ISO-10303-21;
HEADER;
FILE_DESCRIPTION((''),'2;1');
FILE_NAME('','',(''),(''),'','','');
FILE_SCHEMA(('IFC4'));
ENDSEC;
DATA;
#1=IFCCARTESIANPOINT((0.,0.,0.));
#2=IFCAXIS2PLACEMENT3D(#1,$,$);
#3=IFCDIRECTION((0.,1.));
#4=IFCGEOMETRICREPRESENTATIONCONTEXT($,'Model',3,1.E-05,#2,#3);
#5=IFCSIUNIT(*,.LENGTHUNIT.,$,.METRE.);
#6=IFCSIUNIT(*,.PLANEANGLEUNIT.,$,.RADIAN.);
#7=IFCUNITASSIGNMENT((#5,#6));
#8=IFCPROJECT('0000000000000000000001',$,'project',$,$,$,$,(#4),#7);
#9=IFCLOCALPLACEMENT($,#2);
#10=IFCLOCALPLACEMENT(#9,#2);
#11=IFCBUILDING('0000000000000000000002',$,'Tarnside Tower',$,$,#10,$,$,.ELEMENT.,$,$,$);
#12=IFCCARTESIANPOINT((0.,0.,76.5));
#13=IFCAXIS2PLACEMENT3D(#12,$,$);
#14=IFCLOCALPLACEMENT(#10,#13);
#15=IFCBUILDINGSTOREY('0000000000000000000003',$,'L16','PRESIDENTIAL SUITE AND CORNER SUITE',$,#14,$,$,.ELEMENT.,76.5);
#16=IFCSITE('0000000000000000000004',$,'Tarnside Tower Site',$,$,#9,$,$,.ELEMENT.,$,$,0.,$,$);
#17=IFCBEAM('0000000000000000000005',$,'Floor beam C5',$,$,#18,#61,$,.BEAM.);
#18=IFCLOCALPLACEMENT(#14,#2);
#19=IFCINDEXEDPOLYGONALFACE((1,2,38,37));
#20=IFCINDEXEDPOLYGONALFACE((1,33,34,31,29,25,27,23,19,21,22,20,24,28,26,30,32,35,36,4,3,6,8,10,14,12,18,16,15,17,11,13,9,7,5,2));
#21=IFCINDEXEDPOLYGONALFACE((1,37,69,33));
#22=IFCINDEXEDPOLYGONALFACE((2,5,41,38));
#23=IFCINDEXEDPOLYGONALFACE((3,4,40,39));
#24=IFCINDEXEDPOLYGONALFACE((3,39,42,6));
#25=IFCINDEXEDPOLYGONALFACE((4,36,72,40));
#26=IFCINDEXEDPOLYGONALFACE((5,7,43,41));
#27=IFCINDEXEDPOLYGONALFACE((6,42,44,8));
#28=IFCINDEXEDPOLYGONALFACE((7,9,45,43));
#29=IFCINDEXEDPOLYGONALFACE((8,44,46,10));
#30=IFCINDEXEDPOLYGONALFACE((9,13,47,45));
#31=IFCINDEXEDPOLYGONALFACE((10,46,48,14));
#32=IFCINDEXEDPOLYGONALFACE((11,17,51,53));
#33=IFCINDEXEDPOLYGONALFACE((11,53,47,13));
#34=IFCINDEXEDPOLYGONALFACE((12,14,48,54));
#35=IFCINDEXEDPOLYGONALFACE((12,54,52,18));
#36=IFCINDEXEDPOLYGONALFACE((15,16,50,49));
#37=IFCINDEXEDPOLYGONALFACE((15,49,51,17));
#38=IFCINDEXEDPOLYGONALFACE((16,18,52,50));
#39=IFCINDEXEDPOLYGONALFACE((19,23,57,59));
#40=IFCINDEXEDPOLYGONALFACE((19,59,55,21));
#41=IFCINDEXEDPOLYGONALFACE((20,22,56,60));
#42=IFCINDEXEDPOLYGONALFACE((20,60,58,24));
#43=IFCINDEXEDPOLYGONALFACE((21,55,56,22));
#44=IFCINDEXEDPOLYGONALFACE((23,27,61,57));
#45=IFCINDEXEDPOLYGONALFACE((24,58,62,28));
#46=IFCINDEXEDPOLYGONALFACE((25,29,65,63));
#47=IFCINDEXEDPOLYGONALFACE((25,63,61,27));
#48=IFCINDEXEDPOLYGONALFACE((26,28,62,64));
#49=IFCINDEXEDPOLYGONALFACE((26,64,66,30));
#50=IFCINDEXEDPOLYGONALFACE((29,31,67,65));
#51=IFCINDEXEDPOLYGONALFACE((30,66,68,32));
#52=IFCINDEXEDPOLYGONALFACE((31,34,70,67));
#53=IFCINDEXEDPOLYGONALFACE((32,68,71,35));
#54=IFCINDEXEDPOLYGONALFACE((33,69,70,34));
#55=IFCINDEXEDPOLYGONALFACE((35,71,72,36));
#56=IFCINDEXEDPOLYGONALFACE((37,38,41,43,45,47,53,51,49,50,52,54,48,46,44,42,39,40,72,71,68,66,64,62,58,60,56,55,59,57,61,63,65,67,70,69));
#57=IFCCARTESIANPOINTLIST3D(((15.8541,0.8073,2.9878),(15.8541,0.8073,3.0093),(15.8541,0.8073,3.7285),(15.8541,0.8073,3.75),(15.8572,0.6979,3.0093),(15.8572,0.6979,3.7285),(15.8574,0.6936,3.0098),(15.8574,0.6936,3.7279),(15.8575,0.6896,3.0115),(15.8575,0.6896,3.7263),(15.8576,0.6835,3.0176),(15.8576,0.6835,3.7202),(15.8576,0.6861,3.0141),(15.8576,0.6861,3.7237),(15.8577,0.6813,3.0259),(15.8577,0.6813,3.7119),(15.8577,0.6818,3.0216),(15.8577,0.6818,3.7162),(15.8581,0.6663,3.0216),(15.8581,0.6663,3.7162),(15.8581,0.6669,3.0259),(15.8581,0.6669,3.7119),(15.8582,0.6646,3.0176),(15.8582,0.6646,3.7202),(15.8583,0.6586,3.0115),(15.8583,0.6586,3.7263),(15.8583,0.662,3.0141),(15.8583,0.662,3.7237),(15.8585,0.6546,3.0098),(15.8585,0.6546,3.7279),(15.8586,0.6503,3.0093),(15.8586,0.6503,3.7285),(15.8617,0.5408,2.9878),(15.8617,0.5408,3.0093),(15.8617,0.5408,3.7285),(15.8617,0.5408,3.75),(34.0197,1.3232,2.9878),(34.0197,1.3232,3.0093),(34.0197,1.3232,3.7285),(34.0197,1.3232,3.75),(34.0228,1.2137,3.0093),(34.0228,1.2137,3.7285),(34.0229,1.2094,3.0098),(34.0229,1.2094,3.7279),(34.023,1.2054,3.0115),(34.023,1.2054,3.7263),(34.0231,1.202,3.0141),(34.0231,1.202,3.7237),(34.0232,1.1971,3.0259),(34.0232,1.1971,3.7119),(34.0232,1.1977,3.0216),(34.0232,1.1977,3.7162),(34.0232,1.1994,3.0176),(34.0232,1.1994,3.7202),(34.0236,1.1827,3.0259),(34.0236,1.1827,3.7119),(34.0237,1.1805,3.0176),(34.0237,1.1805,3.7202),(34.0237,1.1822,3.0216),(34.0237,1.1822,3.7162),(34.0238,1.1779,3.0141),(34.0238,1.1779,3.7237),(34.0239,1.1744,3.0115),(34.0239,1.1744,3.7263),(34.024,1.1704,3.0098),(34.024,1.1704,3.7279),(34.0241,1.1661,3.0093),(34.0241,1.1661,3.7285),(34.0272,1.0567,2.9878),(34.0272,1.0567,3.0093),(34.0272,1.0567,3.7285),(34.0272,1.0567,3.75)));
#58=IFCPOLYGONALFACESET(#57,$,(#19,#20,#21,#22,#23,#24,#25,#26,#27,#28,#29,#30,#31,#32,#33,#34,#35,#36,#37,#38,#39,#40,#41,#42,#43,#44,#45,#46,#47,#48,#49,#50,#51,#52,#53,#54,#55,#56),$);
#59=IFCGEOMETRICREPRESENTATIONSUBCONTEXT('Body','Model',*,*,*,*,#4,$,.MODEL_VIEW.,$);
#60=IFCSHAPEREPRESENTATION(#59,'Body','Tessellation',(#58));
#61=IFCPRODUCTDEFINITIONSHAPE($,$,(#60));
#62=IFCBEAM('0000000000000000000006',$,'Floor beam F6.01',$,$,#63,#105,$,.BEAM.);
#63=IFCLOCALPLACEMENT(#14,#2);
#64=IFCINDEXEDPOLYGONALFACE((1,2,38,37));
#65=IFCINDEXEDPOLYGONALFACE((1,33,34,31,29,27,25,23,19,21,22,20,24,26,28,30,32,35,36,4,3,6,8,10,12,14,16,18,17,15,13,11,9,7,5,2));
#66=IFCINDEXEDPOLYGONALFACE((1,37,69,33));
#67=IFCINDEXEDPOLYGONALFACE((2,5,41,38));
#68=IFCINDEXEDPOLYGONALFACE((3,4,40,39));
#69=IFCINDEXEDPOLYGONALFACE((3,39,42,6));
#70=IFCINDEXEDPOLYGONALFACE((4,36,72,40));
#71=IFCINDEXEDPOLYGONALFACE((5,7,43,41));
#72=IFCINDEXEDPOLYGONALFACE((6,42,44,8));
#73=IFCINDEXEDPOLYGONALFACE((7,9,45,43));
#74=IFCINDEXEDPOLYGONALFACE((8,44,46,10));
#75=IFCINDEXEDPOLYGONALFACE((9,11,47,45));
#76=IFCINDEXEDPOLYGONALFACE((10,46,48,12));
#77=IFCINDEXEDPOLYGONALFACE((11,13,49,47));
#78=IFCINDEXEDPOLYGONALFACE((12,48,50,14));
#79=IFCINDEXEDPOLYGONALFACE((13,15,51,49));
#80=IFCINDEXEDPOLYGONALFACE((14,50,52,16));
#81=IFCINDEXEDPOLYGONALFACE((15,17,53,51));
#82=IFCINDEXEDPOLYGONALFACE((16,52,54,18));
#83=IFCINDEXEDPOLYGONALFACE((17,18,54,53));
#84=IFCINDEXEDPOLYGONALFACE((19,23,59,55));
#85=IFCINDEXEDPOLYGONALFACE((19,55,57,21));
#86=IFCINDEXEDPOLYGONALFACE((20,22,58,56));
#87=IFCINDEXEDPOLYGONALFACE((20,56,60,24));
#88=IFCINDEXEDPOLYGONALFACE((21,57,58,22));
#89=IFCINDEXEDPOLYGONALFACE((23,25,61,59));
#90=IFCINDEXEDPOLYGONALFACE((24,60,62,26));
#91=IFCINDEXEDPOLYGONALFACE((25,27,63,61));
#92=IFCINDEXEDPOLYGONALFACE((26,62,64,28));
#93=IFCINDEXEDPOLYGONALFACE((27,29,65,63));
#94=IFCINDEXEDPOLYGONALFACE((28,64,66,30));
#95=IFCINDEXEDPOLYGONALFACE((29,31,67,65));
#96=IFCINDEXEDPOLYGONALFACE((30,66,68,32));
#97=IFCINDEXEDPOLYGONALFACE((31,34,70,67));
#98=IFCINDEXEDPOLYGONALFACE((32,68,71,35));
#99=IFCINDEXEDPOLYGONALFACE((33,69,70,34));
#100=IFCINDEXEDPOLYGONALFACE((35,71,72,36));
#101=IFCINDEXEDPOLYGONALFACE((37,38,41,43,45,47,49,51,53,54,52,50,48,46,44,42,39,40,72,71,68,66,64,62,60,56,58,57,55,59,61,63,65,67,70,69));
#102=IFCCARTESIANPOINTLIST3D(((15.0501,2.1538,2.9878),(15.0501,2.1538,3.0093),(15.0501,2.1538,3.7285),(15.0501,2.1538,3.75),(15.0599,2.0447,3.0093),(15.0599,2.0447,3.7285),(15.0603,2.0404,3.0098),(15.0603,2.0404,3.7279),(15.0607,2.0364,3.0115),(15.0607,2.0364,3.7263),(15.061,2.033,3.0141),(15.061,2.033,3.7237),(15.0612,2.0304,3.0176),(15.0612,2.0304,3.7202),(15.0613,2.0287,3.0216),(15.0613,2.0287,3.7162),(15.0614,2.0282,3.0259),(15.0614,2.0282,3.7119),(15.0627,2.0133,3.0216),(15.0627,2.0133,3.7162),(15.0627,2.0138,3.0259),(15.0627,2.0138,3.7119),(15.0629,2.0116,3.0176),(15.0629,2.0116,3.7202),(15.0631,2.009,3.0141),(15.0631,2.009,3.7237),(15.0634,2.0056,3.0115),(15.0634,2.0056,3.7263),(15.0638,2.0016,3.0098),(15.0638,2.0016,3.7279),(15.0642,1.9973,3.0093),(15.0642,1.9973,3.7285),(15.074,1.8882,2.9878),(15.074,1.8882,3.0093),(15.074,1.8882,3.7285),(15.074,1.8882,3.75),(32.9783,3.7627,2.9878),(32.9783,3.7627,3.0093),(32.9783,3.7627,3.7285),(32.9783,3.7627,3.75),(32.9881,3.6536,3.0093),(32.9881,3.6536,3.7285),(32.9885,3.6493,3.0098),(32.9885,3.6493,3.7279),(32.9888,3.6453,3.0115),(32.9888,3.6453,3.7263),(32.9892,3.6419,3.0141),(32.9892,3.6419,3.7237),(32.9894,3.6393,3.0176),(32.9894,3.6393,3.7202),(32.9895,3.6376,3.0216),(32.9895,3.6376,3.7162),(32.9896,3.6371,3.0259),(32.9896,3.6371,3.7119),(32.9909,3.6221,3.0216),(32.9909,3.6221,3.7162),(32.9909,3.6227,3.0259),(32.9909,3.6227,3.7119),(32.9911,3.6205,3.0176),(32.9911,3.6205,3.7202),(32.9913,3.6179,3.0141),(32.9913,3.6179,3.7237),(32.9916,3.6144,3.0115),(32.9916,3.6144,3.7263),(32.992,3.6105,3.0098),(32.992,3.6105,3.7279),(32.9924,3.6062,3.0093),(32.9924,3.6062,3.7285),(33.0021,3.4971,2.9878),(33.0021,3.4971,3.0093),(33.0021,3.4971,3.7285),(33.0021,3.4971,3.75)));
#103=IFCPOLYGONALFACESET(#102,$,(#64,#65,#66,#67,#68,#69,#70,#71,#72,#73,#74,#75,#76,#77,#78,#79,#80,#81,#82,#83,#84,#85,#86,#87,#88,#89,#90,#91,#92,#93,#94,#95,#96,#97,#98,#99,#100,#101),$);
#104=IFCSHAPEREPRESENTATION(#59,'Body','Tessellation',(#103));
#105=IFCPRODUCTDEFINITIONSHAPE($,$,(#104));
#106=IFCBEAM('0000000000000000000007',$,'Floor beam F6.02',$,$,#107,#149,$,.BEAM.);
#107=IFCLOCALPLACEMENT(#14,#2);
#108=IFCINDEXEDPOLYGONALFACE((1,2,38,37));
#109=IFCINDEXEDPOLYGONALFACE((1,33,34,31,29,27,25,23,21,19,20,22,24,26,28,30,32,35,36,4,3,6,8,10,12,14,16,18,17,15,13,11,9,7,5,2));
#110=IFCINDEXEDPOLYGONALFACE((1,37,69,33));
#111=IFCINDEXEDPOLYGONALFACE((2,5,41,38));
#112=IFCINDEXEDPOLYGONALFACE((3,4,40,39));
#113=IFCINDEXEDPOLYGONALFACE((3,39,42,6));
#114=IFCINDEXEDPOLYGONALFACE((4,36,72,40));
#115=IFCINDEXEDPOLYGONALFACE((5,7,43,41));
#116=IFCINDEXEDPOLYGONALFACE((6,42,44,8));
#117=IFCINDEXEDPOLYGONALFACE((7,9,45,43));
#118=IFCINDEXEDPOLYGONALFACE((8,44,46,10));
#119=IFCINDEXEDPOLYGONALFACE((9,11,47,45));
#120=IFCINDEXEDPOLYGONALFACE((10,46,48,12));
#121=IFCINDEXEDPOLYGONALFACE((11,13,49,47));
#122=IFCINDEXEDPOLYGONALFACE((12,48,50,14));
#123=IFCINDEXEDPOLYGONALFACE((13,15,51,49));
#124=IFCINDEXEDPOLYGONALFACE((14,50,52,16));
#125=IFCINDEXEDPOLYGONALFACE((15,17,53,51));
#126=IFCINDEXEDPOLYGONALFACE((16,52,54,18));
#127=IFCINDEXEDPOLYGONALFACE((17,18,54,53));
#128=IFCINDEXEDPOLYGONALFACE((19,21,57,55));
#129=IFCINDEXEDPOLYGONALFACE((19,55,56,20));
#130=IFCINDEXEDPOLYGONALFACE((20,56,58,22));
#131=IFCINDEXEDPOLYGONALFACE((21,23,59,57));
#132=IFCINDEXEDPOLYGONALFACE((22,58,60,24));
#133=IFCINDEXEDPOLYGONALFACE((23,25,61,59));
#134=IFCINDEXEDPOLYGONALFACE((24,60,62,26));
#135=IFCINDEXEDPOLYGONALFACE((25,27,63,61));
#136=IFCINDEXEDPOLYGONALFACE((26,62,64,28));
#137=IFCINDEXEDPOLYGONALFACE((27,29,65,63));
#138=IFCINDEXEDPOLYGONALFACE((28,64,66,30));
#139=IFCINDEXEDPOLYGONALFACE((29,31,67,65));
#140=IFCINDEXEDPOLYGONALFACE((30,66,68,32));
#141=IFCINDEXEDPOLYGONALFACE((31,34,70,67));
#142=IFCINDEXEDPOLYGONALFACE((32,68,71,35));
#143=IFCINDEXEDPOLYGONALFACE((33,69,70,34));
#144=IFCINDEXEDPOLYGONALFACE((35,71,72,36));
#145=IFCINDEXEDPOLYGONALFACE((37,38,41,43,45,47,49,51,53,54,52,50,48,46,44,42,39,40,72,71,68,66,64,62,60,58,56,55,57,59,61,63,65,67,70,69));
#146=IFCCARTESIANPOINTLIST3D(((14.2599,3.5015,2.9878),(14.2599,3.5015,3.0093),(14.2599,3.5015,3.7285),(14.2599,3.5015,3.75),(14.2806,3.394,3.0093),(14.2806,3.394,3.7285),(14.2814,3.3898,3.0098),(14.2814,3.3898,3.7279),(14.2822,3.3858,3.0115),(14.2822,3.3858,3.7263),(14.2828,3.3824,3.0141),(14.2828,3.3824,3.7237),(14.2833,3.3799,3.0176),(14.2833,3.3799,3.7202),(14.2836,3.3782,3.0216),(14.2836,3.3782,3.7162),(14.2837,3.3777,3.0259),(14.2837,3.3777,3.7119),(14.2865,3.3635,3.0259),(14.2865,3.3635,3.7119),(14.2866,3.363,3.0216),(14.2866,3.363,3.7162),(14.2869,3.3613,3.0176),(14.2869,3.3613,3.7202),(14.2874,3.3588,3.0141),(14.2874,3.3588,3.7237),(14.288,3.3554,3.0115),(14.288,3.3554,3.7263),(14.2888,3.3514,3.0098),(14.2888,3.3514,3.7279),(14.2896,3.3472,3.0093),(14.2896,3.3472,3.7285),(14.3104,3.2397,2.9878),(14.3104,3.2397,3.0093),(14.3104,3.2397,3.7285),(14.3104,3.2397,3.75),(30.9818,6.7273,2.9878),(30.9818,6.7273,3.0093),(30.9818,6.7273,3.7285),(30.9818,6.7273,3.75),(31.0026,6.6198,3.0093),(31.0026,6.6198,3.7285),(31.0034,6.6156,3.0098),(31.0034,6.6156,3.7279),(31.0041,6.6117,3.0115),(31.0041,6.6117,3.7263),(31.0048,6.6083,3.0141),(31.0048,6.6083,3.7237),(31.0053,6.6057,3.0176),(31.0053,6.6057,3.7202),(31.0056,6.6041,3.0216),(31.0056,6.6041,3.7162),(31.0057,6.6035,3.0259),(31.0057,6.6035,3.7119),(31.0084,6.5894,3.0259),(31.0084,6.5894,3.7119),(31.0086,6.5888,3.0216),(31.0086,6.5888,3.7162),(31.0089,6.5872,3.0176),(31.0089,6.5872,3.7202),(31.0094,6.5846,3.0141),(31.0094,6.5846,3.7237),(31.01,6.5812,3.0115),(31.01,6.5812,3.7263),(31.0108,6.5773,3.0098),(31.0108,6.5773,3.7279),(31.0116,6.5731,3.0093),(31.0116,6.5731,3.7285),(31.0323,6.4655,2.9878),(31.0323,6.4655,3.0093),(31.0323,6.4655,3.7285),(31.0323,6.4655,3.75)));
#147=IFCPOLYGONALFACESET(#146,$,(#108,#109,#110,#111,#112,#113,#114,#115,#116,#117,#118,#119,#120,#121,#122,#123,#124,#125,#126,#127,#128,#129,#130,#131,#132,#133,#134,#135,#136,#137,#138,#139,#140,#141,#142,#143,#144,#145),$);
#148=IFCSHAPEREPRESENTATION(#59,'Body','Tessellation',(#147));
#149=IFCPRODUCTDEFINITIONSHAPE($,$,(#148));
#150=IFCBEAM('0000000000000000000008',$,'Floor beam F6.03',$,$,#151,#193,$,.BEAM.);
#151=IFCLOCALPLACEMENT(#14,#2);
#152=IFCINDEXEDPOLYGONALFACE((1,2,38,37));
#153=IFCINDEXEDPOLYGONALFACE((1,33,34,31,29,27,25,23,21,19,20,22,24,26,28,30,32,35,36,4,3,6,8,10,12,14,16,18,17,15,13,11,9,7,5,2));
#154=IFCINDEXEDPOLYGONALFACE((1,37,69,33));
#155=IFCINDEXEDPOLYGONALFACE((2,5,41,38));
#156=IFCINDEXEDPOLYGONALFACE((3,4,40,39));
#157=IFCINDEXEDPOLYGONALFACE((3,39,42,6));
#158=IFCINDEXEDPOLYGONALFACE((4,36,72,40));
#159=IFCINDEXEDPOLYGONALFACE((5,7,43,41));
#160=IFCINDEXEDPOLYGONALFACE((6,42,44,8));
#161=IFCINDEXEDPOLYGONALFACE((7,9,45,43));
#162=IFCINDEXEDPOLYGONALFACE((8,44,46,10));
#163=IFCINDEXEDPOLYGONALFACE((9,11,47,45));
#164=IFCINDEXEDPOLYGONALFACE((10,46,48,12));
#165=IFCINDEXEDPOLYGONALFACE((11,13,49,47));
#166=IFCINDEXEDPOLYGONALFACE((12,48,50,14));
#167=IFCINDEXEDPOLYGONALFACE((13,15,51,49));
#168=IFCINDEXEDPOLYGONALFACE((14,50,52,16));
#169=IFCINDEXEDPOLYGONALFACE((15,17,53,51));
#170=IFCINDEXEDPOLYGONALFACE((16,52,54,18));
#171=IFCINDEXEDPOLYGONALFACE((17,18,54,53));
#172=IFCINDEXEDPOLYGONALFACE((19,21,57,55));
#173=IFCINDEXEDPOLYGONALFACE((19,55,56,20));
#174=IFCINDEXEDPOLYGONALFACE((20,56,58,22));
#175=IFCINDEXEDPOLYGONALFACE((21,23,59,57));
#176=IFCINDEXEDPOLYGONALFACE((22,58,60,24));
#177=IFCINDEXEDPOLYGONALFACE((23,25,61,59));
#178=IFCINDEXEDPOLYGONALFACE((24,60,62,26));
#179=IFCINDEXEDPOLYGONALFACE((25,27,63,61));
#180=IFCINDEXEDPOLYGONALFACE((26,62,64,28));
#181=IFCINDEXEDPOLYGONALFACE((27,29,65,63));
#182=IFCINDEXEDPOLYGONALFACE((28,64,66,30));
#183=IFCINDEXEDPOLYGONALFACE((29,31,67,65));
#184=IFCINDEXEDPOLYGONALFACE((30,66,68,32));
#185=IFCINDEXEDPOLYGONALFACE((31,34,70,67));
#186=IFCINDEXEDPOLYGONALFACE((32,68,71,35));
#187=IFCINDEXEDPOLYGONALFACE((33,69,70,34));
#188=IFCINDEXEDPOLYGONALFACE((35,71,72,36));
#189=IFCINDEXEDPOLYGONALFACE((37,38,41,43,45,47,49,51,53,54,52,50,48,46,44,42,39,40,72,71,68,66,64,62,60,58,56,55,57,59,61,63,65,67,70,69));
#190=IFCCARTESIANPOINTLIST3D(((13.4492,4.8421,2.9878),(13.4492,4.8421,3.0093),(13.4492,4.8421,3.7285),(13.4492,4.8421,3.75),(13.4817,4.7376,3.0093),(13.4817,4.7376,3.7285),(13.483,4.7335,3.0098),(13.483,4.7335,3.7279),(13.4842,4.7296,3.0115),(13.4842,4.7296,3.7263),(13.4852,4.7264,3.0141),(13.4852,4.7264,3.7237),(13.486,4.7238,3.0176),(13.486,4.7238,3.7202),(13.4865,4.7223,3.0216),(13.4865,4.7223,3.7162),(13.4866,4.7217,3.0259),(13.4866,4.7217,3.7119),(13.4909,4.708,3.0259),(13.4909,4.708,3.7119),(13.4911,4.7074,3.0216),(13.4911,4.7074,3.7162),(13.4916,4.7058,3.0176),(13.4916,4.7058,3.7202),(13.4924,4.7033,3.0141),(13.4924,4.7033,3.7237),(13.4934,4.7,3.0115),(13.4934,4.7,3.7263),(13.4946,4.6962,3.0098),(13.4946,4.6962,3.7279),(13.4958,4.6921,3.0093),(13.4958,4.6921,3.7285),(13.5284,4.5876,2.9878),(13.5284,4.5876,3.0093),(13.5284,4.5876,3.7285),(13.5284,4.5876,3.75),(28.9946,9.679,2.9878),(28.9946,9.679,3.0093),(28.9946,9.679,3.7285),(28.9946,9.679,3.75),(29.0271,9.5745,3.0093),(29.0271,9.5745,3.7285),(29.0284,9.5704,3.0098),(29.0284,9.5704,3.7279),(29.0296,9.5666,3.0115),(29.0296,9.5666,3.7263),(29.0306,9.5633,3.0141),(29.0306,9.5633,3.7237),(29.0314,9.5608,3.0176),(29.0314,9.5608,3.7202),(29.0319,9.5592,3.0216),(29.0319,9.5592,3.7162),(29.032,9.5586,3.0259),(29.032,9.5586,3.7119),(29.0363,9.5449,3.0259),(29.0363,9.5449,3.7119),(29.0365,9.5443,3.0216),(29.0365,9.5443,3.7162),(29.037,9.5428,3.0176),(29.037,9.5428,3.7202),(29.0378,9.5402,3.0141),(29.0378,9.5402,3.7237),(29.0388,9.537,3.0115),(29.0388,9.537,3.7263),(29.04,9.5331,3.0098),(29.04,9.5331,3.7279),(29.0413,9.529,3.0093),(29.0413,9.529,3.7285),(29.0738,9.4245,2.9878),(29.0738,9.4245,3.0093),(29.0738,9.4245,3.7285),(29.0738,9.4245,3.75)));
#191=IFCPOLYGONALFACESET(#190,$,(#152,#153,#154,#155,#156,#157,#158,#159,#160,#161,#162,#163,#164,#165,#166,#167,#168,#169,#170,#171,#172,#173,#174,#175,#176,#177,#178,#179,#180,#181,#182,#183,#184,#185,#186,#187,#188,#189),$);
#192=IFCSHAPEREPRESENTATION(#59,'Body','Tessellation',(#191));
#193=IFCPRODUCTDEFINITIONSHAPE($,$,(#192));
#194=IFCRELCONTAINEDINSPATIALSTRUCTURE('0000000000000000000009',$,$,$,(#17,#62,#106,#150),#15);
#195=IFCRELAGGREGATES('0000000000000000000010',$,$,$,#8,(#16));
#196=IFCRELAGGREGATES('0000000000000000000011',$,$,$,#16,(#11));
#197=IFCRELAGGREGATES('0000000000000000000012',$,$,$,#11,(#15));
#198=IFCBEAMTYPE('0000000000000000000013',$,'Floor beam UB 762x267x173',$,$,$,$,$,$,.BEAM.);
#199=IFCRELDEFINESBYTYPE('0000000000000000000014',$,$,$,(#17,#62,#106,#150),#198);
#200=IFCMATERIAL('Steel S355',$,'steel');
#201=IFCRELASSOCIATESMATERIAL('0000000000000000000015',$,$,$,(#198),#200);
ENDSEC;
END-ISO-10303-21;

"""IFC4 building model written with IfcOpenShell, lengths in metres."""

from ifc_helpers import new_model, si_unit, direction, frame, origin, origin_2d, place, context, subcontext, project, spatial, i_section, extrude, material, material_profile, profile_set, type_object, element, save


model = new_model("IFC4")

# Units and contexts
model_context = context("Model", 3, precision=1e-05, world=origin(), true_north=direction((0.0, 1.0)))
body_context = subcontext(model_context, "Body", "Model", "MODEL_VIEW")
ifc_project = project(units=[si_unit("LENGTHUNIT", "METRE"), si_unit("PLANEANGLEUNIT", "RADIAN")], contexts=[model_context])

# Site, building, storey
site_placement = place(None, origin())
site = spatial("IfcSite", under=ifc_project, at=site_placement, Name="Tarnside Tower Site", CompositionType="ELEMENT", RefElevation=0.0)
building_placement = place(site_placement, origin())
building = spatial("IfcBuilding", under=site, at=building_placement, Name="Tarnside Tower", CompositionType="ELEMENT")
storey_placement = place(building_placement, frame((0.0, 0.0, 76.5)))
storey = spatial("IfcBuildingStorey", under=building, at=storey_placement, Name="L16", Description="PRESIDENTIAL SUITE AND CORNER SUITE", CompositionType="ELEMENT", Elevation=76.5)

# Beams
ifc_material_1 = material(Name="Steel S355", Category="steel")
ifc_material_profile = material_profile(ifc_material_1, i_section(OverallWidth=0.2666, OverallDepth=0.7622, WebThickness=0.0144, FlangeThickness=0.0215, FilletRadius=0.0166, at=origin_2d()), Name="UB 762x267x173")
ifc_profile_set = profile_set([ifc_material_profile], Name="Steel S355")
beam_type = type_object("IfcBeamType", Name="Floor beam UB 762x267x173", PredefinedType="BEAM", material=ifc_profile_set)
beam_1_placement = place(storey_placement, frame((34.0234, 1.1899, 3.3689), z_axis=(-0.999597, -0.028387, 0.0), x_axis=(0.028387, -0.999597, 0.0)))
element("IfcBeam", 1, at=beam_1_placement, inside=storey, type_object=beam_type, Name="Floor beam C5", PredefinedType="BEAM", context=body_context, shape_type="SweptSolid", body=[
    extrude(i_section(OverallWidth=0.2666, OverallDepth=0.7622, WebThickness=0.0144, FlangeThickness=0.0215, FilletRadius=0.0166, at=origin_2d()), origin(), (0.0, 0.0, 1.0), 18.1729),
])
beam_2_placement = place(storey_placement, frame((32.9902, 3.6299, 3.3689), z_axis=(-0.995997, -0.089381, 0.0), x_axis=(0.089381, -0.995997, 0.0)))
element("IfcBeam", 2, at=beam_2_placement, inside=storey, type_object=beam_type, Name="Floor beam F6.01", PredefinedType="BEAM", context=body_context, shape_type="SweptSolid", body=[
    extrude(i_section(OverallWidth=0.2666, OverallDepth=0.7622, WebThickness=0.0144, FlangeThickness=0.0215, FilletRadius=0.0166, at=origin_2d()), origin(), (0.0, 0.0, 1.0), 18.0002),
])
beam_3_placement = place(storey_placement, frame((31.0071, 6.5964, 3.3689), z_axis=(-0.981897, -0.189418, 0.0), x_axis=(0.189418, -0.981897, 0.0)))
element("IfcBeam", 3, at=beam_3_placement, inside=storey, type_object=beam_type, Name="Floor beam F6.02", PredefinedType="BEAM", context=body_context, shape_type="SweptSolid", body=[
    extrude(i_section(OverallWidth=0.2666, OverallDepth=0.7622, WebThickness=0.0144, FlangeThickness=0.0215, FilletRadius=0.0166, at=origin_2d()), origin(), (0.0, 0.0, 1.0), 17.0303),
])
beam_4_placement = place(storey_placement, frame((29.0342, 9.5518, 3.3689), z_axis=(-0.954847, -0.297098, 0.0), x_axis=(0.297098, -0.954847, 0.0)))
element("IfcBeam", 4, at=beam_4_placement, inside=storey, type_object=beam_type, Name="Floor beam F6.03", PredefinedType="BEAM", context=body_context, shape_type="SweptSolid", body=[
    extrude(i_section(OverallWidth=0.2666, OverallDepth=0.7622, WebThickness=0.0144, FlangeThickness=0.0215, FilletRadius=0.0166, at=origin_2d()), origin(), (0.0, 0.0, 1.0), 16.2805),
])

save(model, "model.ifc")
